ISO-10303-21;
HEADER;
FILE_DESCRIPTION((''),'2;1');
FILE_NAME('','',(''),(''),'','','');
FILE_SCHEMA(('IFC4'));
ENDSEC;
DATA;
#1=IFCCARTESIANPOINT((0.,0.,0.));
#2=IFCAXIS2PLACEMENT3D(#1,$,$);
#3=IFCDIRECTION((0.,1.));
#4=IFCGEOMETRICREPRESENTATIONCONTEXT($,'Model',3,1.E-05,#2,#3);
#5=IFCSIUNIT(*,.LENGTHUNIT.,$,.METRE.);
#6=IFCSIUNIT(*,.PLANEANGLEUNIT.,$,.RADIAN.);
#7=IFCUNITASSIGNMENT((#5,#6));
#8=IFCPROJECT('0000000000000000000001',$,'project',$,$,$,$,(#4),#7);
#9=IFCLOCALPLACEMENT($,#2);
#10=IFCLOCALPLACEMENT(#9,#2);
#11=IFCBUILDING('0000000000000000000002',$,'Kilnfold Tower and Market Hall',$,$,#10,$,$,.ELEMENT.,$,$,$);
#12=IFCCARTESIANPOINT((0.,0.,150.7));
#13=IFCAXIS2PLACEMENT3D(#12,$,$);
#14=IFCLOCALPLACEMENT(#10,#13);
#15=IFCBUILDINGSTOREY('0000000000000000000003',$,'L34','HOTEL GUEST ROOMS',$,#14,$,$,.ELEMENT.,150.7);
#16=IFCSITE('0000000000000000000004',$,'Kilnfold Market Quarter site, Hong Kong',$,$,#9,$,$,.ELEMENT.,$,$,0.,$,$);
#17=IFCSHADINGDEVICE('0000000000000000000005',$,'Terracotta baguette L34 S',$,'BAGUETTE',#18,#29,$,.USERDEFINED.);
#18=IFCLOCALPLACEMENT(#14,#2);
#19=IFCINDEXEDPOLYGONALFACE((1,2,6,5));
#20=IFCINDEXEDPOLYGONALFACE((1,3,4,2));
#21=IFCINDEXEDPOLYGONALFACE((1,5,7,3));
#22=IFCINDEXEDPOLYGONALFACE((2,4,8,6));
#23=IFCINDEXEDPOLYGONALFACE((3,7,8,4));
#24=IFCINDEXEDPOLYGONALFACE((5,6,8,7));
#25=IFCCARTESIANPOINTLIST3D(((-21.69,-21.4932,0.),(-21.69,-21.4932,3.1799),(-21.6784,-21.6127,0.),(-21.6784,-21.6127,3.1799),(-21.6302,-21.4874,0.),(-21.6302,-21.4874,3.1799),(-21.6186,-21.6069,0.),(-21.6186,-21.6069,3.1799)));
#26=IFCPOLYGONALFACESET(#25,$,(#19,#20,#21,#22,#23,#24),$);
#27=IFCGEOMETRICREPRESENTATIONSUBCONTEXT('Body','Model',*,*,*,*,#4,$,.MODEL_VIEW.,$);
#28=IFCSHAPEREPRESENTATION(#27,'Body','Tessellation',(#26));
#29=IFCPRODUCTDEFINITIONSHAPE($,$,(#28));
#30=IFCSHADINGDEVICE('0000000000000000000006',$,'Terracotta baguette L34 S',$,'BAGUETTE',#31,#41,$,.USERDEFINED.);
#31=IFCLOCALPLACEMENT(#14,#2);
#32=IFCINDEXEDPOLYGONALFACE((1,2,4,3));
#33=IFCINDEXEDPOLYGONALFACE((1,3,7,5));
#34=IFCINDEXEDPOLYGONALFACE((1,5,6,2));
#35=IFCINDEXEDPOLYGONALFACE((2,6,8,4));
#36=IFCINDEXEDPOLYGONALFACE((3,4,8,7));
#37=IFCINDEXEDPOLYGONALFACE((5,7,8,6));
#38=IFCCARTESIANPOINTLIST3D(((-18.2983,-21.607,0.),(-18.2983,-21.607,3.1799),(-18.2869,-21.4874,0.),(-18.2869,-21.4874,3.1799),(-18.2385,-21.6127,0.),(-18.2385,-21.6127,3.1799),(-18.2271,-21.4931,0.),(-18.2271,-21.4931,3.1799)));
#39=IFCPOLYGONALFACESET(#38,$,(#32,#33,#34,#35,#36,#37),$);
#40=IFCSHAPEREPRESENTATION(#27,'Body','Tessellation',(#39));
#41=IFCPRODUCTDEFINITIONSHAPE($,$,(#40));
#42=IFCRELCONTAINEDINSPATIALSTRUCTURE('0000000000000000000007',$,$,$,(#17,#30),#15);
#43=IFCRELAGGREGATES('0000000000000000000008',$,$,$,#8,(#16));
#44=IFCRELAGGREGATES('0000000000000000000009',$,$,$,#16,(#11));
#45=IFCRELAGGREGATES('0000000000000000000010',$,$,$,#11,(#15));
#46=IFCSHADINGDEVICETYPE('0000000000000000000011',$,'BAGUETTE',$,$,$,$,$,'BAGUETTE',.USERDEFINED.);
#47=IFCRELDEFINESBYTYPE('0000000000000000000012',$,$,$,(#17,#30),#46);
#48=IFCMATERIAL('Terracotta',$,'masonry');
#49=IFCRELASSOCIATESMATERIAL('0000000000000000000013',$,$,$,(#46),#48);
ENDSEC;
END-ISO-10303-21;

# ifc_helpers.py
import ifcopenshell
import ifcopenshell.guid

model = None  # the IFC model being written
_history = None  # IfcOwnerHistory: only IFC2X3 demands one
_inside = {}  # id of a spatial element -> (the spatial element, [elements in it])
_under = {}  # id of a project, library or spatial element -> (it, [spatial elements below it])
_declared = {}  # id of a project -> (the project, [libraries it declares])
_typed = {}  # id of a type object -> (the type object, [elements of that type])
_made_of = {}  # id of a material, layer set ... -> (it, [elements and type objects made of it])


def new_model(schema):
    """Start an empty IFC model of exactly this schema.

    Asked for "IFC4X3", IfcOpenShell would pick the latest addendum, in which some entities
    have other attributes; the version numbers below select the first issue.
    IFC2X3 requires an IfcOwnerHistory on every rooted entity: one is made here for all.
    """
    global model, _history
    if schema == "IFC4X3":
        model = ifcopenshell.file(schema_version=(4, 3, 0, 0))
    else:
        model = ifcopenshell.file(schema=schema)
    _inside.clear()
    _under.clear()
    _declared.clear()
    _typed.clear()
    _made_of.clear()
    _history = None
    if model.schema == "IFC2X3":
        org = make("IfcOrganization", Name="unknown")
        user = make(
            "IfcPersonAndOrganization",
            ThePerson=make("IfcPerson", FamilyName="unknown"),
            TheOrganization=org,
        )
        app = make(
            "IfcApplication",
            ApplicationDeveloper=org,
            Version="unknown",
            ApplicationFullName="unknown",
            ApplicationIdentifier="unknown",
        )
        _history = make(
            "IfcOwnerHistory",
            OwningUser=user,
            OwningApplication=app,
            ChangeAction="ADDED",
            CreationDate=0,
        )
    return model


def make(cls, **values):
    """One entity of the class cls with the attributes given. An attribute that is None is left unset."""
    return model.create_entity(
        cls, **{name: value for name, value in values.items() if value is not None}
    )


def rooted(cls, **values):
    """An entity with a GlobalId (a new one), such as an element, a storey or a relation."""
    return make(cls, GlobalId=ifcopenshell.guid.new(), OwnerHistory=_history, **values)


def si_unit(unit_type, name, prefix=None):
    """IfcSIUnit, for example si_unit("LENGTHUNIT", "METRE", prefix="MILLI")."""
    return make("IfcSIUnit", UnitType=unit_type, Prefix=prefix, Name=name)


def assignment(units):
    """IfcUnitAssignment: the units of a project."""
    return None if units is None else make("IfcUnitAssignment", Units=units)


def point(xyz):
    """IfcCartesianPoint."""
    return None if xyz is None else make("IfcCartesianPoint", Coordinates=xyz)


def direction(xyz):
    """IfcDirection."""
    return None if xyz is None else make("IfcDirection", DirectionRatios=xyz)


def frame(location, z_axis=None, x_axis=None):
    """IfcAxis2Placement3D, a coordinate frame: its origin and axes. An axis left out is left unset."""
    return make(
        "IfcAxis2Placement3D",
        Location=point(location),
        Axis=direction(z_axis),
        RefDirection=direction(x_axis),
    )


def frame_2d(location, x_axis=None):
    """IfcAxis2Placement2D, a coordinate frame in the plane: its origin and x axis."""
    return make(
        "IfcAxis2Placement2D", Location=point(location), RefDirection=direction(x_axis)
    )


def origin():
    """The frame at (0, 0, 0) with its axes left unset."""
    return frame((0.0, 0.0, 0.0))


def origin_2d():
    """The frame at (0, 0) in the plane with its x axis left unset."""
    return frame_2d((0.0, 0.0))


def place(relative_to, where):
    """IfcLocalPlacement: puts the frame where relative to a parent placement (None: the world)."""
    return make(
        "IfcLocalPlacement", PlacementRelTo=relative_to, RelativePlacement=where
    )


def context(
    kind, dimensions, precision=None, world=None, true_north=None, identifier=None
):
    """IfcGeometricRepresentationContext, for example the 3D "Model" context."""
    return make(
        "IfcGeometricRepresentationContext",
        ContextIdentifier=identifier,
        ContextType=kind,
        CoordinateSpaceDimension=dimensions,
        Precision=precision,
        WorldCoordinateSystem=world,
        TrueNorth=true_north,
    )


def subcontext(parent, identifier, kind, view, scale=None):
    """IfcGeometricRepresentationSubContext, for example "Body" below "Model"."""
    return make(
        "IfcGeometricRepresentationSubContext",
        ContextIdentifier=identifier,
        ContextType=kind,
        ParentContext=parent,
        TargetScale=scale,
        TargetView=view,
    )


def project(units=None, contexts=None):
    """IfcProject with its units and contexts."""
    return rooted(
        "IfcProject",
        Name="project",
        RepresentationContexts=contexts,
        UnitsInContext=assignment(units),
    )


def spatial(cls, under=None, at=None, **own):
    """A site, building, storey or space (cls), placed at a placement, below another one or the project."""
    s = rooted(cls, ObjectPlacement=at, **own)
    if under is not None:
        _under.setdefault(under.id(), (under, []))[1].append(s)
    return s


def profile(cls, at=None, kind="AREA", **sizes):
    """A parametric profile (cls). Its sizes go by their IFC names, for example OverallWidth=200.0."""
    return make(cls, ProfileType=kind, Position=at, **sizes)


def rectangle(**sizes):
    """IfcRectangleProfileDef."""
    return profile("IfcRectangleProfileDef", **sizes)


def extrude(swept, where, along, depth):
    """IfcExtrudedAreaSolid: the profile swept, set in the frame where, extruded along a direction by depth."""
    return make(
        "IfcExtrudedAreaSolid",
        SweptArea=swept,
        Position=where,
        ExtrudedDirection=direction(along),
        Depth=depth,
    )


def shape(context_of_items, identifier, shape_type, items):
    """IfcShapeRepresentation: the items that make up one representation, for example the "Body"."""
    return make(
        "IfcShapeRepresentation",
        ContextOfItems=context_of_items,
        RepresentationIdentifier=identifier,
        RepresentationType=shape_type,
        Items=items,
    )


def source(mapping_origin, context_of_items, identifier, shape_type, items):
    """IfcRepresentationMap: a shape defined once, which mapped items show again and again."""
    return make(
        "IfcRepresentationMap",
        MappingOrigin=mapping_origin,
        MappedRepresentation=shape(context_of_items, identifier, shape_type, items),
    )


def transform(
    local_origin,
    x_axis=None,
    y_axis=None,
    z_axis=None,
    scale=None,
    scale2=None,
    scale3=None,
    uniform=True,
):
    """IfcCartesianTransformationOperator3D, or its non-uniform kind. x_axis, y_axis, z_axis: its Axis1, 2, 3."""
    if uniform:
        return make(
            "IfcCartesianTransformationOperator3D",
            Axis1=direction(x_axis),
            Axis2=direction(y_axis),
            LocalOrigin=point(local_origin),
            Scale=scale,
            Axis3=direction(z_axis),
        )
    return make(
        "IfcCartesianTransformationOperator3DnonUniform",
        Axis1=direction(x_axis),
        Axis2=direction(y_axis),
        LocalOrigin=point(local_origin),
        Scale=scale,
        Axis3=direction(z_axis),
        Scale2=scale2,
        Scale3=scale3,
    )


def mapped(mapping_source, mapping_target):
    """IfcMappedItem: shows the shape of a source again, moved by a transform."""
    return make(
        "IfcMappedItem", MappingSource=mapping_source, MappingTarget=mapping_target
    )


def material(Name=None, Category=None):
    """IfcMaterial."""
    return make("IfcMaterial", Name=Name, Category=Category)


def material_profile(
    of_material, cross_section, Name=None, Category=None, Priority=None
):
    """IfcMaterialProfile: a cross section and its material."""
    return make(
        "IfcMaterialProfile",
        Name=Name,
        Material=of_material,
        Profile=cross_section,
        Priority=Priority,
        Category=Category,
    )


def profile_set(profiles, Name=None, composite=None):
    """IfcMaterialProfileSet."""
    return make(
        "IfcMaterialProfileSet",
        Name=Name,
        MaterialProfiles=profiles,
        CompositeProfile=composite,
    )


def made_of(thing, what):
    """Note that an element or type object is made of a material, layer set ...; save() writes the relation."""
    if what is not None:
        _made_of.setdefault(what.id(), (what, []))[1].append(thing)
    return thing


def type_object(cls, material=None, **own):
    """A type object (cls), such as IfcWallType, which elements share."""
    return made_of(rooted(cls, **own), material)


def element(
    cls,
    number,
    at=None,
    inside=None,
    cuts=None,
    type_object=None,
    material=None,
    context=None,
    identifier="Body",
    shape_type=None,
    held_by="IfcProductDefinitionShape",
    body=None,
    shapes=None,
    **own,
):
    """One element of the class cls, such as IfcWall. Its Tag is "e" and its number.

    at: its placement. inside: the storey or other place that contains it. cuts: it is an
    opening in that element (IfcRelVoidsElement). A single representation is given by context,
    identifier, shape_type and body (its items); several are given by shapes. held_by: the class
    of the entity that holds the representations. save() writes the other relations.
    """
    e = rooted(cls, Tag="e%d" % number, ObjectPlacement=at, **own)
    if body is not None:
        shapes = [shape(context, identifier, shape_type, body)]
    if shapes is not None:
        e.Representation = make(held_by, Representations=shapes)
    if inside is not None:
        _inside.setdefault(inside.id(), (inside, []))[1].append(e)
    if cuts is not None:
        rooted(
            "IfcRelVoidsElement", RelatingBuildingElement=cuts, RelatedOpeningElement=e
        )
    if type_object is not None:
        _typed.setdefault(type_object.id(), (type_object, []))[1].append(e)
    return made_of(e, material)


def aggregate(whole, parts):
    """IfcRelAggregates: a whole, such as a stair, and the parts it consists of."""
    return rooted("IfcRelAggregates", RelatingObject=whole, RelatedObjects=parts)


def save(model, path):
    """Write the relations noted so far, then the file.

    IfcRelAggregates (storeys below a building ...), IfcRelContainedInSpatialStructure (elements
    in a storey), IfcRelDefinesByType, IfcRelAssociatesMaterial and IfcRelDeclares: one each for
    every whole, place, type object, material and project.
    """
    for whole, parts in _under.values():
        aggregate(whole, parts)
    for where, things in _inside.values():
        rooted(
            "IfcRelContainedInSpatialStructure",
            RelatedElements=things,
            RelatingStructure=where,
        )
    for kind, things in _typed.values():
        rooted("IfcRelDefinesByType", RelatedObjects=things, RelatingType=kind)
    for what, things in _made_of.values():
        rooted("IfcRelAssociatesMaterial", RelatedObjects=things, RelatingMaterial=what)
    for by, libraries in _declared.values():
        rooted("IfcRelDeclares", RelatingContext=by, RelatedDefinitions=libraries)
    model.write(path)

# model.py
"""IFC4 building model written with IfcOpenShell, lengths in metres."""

from ifc_helpers import new_model, si_unit, direction, frame, origin, origin_2d, place, context, subcontext, project, spatial, rectangle, extrude, source, transform, mapped, material, material_profile, profile_set, type_object, element, save


model = new_model("IFC4")

# Units and contexts
model_context = context("Model", 3, precision=1e-05, world=origin(), true_north=direction((0.0, 1.0)))
body_context = subcontext(model_context, "Body", "Model", "MODEL_VIEW")
ifc_project = project(units=[si_unit("LENGTHUNIT", "METRE"), si_unit("PLANEANGLEUNIT", "RADIAN")], contexts=[model_context])

# Site, building, storey
site_placement = place(None, origin())
site = spatial("IfcSite", under=ifc_project, at=site_placement, Name="Kilnfold Market Quarter site, Hong Kong", CompositionType="ELEMENT", RefElevation=0.0)
building_placement = place(site_placement, origin())
building = spatial("IfcBuilding", under=site, at=building_placement, Name="Kilnfold Tower and Market Hall", CompositionType="ELEMENT")
storey_placement = place(building_placement, frame((0.0, 0.0, 150.7)))
storey = spatial("IfcBuildingStorey", under=building, at=storey_placement, Name="L34", Description="HOTEL GUEST ROOMS", CompositionType="ELEMENT", Elevation=150.7)

# Shading devices
ifc_material_1 = material(Name="Terracotta", Category="masonry")
ifc_material_profile_1 = material_profile(ifc_material_1, rectangle(XDim=0.0601, YDim=0.1201, at=origin_2d()), Name="BAG 60x120")
ifc_profile_set_1 = profile_set([ifc_material_profile_1], Name="Terracotta")
shading_device_type = type_object("IfcShadingDeviceType", Name="BAGUETTE", ElementType="BAGUETTE", PredefinedType="USERDEFINED", material=ifc_profile_set_1)
shared_shape_1 = source(origin(), body_context, "Body", "SweptSolid", [
    extrude(rectangle(XDim=0.0601, YDim=0.1201, at=origin_2d()), origin(), (0.0, 0.0, 1.0), 3.1799),
])
for number, where, z_axis, x_axis, name in (
    (1, (-21.6543, -21.55, 0.0), (0.0, 0.0, 1.0), (0.995295, 0.09689, 0.0), "Terracotta baguette L34 S"),
    (2, (-18.2627, -21.55, 0.0), (0.0, 0.0, 1.0), (0.995438, -0.09541, 0.0), "Terracotta baguette L34 S"),
):
    element("IfcShadingDevice", number, at=place(storey_placement, frame(where, z_axis=z_axis, x_axis=x_axis)), inside=storey, type_object=shading_device_type, Name=name, ObjectType="BAGUETTE", PredefinedType="USERDEFINED", context=body_context, shape_type="MappedRepresentation", body=[
        mapped(shared_shape_1, transform((0.0, 0.0, 0.0))),
    ])

save(model, "model.ifc")
